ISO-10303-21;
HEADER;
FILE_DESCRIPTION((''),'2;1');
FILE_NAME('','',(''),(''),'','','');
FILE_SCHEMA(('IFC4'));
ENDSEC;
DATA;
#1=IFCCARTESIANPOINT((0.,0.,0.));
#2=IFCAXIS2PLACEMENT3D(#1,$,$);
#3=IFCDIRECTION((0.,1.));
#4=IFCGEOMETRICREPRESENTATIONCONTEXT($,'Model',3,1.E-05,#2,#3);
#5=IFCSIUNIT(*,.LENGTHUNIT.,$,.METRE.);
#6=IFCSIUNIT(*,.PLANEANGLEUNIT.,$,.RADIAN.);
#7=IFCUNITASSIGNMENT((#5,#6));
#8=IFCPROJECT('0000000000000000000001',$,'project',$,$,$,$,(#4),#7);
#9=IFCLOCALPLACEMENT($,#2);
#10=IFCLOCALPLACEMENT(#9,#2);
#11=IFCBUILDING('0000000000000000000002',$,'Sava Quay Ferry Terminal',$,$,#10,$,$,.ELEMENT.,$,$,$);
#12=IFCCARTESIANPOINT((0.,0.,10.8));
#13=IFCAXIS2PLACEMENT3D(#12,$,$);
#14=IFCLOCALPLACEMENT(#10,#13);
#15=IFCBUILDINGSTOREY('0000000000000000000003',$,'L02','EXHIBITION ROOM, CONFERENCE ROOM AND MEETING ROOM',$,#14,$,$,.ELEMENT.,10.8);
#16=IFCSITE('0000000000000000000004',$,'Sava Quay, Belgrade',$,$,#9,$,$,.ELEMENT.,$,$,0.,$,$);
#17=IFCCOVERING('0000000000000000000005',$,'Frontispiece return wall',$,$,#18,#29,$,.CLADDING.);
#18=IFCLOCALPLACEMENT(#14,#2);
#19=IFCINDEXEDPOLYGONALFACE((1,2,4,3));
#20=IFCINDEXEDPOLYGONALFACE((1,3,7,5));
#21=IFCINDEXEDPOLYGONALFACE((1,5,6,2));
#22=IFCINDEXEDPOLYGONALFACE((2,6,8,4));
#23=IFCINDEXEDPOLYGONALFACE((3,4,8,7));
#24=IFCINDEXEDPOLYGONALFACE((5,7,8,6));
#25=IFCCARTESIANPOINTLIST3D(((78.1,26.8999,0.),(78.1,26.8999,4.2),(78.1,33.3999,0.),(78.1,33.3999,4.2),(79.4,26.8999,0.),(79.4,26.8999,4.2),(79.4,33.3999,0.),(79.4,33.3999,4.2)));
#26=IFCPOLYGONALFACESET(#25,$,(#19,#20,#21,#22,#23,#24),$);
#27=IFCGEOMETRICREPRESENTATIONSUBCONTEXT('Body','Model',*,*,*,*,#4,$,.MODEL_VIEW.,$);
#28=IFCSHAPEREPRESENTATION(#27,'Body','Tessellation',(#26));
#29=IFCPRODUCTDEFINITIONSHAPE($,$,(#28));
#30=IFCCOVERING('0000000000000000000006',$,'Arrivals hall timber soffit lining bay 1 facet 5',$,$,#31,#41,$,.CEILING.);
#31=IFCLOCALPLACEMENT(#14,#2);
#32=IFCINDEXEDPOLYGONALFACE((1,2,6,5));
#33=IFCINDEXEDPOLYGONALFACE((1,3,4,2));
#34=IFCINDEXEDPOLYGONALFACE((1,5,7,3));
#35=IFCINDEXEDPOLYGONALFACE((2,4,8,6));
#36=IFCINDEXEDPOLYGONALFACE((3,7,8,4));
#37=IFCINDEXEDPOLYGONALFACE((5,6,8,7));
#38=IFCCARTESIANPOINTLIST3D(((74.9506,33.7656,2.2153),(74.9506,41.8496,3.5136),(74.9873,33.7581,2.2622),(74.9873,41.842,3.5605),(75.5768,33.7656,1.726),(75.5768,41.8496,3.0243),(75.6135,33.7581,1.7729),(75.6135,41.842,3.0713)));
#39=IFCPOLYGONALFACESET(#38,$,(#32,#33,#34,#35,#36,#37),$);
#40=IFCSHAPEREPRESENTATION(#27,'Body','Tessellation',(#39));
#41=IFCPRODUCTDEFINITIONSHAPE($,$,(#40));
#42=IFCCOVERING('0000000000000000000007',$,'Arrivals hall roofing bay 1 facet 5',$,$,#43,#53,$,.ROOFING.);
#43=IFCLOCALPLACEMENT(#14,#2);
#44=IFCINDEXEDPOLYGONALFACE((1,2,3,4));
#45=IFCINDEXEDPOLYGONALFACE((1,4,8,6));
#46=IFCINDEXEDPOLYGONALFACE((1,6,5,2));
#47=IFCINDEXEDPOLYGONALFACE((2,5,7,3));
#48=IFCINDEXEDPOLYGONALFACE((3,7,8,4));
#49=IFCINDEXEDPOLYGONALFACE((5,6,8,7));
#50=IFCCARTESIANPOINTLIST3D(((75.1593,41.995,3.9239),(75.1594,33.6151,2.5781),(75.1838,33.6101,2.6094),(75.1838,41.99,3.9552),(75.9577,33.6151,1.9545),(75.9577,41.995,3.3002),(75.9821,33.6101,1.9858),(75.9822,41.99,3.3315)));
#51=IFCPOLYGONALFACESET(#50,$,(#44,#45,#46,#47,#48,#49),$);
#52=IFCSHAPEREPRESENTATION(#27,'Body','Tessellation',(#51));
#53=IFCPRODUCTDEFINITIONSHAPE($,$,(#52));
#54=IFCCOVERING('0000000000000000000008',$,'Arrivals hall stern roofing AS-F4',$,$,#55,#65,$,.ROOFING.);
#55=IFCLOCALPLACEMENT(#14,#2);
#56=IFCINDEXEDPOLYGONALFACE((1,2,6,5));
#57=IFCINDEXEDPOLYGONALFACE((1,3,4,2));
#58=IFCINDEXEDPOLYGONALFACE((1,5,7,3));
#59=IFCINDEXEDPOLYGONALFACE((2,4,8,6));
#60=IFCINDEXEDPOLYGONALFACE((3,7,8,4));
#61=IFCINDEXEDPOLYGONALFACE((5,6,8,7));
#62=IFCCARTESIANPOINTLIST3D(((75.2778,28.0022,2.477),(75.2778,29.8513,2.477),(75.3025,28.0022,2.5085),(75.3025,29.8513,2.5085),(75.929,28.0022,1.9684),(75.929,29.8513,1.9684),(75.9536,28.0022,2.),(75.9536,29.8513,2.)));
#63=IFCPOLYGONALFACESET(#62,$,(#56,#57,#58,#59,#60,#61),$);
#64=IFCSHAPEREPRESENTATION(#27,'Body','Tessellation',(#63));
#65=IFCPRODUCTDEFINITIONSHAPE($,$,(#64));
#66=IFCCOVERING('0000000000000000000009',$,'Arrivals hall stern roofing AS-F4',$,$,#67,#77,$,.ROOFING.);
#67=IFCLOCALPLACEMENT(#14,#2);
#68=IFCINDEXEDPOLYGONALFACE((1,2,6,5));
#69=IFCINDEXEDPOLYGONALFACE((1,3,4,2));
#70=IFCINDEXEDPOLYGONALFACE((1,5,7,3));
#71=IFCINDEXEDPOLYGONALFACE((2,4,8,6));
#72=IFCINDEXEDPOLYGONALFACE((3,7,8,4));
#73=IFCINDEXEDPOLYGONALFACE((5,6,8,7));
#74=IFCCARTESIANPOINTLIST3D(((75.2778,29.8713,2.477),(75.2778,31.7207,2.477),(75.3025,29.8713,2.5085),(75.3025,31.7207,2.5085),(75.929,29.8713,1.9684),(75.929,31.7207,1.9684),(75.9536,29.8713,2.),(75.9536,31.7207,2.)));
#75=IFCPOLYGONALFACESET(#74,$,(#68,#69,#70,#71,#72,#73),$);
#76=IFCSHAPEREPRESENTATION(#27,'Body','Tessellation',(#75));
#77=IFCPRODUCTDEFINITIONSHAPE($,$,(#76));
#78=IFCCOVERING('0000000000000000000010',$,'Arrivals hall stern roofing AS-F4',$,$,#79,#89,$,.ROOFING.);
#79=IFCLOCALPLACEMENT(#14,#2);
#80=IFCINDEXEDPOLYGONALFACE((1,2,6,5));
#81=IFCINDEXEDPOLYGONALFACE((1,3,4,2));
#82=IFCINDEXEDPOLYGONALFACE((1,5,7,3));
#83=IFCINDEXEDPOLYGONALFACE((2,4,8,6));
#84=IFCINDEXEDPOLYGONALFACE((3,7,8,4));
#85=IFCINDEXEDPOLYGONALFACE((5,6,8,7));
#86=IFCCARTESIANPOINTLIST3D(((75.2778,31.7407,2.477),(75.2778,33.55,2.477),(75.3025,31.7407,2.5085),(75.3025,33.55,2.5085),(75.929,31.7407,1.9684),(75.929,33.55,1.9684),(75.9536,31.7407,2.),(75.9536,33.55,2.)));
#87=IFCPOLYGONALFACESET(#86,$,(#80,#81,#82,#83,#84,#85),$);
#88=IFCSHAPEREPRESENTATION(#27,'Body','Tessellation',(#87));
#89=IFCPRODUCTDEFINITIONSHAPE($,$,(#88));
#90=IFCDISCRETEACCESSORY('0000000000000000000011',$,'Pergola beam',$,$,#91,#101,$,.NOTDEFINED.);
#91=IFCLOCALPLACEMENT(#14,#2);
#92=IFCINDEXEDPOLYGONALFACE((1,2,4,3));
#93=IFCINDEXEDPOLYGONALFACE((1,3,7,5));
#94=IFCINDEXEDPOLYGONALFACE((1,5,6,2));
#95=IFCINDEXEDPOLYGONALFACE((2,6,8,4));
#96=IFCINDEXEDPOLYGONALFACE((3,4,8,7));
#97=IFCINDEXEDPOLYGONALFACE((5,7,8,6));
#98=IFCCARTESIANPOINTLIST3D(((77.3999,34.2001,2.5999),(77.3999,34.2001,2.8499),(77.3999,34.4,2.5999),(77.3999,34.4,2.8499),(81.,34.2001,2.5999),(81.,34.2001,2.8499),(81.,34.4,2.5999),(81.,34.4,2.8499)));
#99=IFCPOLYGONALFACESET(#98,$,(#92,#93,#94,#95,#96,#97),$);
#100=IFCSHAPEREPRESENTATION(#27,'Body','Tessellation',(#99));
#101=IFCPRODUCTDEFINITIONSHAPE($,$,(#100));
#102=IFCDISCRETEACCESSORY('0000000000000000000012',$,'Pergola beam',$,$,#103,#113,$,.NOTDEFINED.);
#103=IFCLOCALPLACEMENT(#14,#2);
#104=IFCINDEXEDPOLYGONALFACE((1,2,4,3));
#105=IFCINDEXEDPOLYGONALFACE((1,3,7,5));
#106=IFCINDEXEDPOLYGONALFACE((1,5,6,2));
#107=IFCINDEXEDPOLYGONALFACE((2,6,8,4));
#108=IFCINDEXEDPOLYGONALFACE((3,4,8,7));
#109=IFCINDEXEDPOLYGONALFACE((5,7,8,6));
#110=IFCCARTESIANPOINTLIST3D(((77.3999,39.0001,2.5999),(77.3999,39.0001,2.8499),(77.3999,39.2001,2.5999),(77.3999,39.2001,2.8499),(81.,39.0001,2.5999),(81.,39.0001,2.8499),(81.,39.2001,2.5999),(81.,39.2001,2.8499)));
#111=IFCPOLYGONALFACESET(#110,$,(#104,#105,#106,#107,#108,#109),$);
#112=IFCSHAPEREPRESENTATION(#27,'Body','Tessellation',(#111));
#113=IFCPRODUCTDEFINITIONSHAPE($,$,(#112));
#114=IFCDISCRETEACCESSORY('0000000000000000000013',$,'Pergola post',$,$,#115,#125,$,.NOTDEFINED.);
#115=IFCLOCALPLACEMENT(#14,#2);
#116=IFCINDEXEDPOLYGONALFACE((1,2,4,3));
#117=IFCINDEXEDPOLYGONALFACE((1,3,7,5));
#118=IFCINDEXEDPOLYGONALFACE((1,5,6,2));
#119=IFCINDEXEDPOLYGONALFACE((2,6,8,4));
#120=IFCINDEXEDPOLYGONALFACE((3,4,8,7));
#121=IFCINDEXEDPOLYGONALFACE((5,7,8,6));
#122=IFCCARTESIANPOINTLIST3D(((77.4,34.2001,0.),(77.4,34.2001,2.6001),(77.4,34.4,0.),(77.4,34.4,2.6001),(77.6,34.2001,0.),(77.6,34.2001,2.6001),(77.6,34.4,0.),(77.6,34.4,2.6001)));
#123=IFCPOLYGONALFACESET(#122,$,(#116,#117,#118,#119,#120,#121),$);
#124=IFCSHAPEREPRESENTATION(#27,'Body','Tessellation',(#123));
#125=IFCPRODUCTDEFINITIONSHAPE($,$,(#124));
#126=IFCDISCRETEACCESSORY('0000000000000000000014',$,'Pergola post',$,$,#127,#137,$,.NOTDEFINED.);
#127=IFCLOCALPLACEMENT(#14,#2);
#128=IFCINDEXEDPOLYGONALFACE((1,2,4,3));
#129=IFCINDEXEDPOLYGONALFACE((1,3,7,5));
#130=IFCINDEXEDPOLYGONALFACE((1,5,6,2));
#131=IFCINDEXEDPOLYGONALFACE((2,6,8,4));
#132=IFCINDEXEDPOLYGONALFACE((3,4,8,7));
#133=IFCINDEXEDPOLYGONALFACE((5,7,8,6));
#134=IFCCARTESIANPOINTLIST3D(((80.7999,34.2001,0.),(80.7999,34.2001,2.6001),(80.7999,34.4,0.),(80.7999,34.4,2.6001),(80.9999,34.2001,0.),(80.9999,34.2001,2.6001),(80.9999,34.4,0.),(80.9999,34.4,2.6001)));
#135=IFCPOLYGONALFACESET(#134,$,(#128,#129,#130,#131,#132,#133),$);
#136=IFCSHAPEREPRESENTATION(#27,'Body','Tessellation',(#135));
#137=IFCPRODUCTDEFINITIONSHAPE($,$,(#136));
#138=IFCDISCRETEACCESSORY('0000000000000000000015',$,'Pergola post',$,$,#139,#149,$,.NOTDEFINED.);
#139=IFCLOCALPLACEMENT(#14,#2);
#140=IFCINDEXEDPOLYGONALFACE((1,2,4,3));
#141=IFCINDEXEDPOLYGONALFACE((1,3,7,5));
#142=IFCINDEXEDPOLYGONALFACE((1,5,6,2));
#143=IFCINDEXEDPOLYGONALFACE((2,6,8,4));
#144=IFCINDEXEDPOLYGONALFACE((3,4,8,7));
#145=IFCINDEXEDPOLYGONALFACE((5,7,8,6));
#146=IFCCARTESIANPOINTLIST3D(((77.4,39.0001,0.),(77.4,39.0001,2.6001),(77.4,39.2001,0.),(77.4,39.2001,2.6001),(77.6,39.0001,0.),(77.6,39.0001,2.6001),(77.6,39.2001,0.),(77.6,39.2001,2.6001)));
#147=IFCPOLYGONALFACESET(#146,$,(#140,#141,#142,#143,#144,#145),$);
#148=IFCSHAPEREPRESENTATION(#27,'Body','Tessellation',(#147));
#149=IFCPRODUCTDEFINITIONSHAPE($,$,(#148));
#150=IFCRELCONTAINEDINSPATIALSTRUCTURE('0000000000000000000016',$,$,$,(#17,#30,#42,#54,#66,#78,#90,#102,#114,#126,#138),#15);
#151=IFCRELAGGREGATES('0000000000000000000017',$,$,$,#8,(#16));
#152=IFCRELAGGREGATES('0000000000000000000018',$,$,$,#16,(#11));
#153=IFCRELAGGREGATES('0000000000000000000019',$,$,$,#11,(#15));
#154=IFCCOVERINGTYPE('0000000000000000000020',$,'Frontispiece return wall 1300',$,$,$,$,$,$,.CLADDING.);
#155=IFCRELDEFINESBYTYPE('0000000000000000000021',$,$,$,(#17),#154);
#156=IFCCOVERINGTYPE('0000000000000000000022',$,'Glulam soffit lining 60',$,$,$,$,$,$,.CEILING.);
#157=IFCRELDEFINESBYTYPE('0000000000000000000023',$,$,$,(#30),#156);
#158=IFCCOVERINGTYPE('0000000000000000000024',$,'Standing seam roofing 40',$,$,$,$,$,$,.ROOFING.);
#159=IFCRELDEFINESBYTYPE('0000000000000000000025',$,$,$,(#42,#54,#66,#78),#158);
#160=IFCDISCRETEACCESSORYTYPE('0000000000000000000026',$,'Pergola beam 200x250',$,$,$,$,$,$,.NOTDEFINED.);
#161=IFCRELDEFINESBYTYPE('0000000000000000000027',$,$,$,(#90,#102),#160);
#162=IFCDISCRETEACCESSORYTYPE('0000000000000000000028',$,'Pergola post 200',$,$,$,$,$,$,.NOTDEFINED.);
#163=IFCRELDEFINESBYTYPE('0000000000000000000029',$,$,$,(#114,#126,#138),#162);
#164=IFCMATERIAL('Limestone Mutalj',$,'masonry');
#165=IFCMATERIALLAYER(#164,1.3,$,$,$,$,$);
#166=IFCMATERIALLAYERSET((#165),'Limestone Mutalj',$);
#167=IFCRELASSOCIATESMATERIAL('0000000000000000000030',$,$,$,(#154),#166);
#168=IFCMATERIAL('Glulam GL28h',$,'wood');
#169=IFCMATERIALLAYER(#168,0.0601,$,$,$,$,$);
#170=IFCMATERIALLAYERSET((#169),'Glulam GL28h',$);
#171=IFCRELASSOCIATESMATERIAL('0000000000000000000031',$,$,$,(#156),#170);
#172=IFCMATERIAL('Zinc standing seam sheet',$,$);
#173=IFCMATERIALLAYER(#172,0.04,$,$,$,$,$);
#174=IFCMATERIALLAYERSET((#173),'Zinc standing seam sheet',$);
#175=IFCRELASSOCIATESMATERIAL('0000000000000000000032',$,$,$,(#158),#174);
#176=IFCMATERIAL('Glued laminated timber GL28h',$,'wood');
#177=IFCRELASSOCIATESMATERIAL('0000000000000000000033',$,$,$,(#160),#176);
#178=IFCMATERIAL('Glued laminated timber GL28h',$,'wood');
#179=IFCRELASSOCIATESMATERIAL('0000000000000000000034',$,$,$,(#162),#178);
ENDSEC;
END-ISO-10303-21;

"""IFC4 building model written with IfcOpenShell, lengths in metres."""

from ifc_helpers import new_model, si_unit, direction, frame, origin, origin_2d, place, context, subcontext, project, spatial, polyline, rectangle, outline, extrude, material, layer, layer_set, type_object, element, save


model = new_model("IFC4")

# Units and contexts
model_context = context("Model", 3, precision=1e-05, world=origin(), true_north=direction((0.0, 1.0)))
body_context = subcontext(model_context, "Body", "Model", "MODEL_VIEW")
ifc_project = project(units=[si_unit("LENGTHUNIT", "METRE"), si_unit("PLANEANGLEUNIT", "RADIAN")], contexts=[model_context])

# Site, building, storey
site_placement = place(None, origin())
site = spatial("IfcSite", under=ifc_project, at=site_placement, Name="Sava Quay, Belgrade", CompositionType="ELEMENT", RefElevation=0.0)
building_placement = place(site_placement, origin())
building = spatial("IfcBuilding", under=site, at=building_placement, Name="Sava Quay Ferry Terminal", CompositionType="ELEMENT")
storey_placement = place(building_placement, frame((0.0, 0.0, 10.8)))
storey = spatial("IfcBuildingStorey", under=building, at=storey_placement, Name="L02", Description="EXHIBITION ROOM, CONFERENCE ROOM AND MEETING ROOM", CompositionType="ELEMENT", Elevation=10.8)

# Coverings
ifc_material_1 = material(Name="Limestone Mutalj", Category="masonry")
ifc_layer_1 = layer(ifc_material_1, 1.3)
ifc_layer_set_1 = layer_set([ifc_layer_1], Name="Limestone Mutalj")
covering_type_1 = type_object("IfcCoveringType", Name="Frontispiece return wall 1300", PredefinedType="CLADDING", material=ifc_layer_set_1)
covering_1_placement = place(storey_placement, frame((78.75, 30.1499, 0.0), z_axis=(0.0, 0.0, 1.0), x_axis=(1.0, 0.0, 0.0)))
element("IfcCovering", 1, at=covering_1_placement, inside=storey, type_object=covering_type_1, Name="Frontispiece return wall", PredefinedType="CLADDING", context=body_context, shape_type="SweptSolid", body=[
    extrude(rectangle(XDim=1.3, YDim=6.5, at=origin_2d()), origin(), (0.0, 0.0, 1.0), 4.2),
])
ifc_material_2 = material(Name="Glulam GL28h", Category="wood")
ifc_layer_2 = layer(ifc_material_2, 0.0601)
ifc_layer_set_2 = layer_set([ifc_layer_2], Name="Glulam GL28h")
covering_type_2 = type_object("IfcCoveringType", Name="Glulam soffit lining 60", PredefinedType="CEILING", material=ifc_layer_set_2)
covering_2_placement = place(storey_placement, frame((74.9873, 33.7581, 2.2622), z_axis=(0.61079, -0.125558, 0.781774), x_axis=(0.0, 0.987347, 0.158574)))
element("IfcCovering", 2, at=covering_2_placement, inside=storey, type_object=covering_type_2, Name="Arrivals hall timber soffit lining bay 1 facet 5", PredefinedType="CEILING", context=body_context, shape_type="SweptSolid", body=[
    extrude(outline(polyline([(0.0, 0.0), (8.1876, 0.0), (8.11, -0.7909), (-0.0776, -0.7909), (0.0, 0.0)])), origin(), (0.0, 0.0, -1.0), 0.0601),
])
ifc_material_3 = material(Name="Zinc standing seam sheet")
ifc_layer_3 = layer(ifc_material_3, 0.04)
ifc_layer_set_3 = layer_set([ifc_layer_3], Name="Zinc standing seam sheet")
covering_type_3 = type_object("IfcCoveringType", Name="Standing seam roofing 40", PredefinedType="ROOFING", material=ifc_layer_set_3)
covering_3_placement = place(storey_placement, frame((75.1838, 33.6101, 2.6094), z_axis=(0.610744, -0.12556, 0.78181), x_axis=(-0.000007, 0.987347, 0.158575)))
element("IfcCovering", 3, at=covering_3_placement, inside=storey, type_object=covering_type_3, Name="Arrivals hall roofing bay 1 facet 5", PredefinedType="ROOFING", context=body_context, shape_type="SweptSolid", body=[
    extrude(outline(polyline([(0.0, 0.0), (8.4873, 0.0), (8.3884, -1.0083), (-0.0989, -1.0081), (0.0, 0.0)])), origin(), (0.0, 0.0, -1.0), 0.04),
])
covering_4_placement = place(storey_placement, frame((75.3025, 29.8513, 2.5085), z_axis=(0.615535, 0.0, 0.788109), x_axis=(0.788109, 0.0, -0.615535)))
element("IfcCovering", 4, at=covering_4_placement, inside=storey, type_object=covering_type_3, Name="Arrivals hall stern roofing AS-F4", PredefinedType="ROOFING", context=body_context, shape_type="SweptSolid", body=[
    extrude(outline(polyline([(0.0, 0.0), (0.8262, 0.0), (0.8262, -1.8491), (0.0, -1.8491), (0.0, 0.0)])), origin(), (0.0, 0.0, -1.0), 0.04),
])
covering_5_placement = place(storey_placement, frame((75.3025, 31.7207, 2.5085), z_axis=(0.615535, 0.0, 0.788109), x_axis=(0.788109, 0.0, -0.615535)))
element("IfcCovering", 5, at=covering_5_placement, inside=storey, type_object=covering_type_3, Name="Arrivals hall stern roofing AS-F4", PredefinedType="ROOFING", context=body_context, shape_type="SweptSolid", body=[
    extrude(outline(polyline([(0.0, 0.0), (0.8262, 0.0), (0.8262, -1.8494), (0.0, -1.8494), (0.0, 0.0)])), origin(), (0.0, 0.0, -1.0), 0.04),
])
covering_6_placement = place(storey_placement, frame((75.3025, 33.55, 2.5085), z_axis=(0.615535, 0.0, 0.788109), x_axis=(0.788109, 0.0, -0.615535)))
element("IfcCovering", 6, at=covering_6_placement, inside=storey, type_object=covering_type_3, Name="Arrivals hall stern roofing AS-F4", PredefinedType="ROOFING", context=body_context, shape_type="SweptSolid", body=[
    extrude(outline(polyline([(0.0, 0.0), (0.8262, 0.0), (0.8262, -1.8093), (0.0, -1.8093), (0.0, 0.0)])), origin(), (0.0, 0.0, -1.0), 0.04),
])

# Discrete accessories
ifc_material_4 = material(Name="Glued laminated timber GL28h", Category="wood")
discrete_accessory_type_1 = type_object("IfcDiscreteAccessoryType", Name="Pergola beam 200x250", PredefinedType="NOTDEFINED", material=ifc_material_4)
for number, where, z_axis, x_axis, name in (
    (7, (79.2, 34.3, 2.5999), (0.0, 0.0, 1.0), (1.0, 0.0, 0.0), "Pergola beam"),
    (8, (79.2, 39.1001, 2.5999), (0.0, 0.0, 1.0), (1.0, 0.0, 0.0), "Pergola beam"),
):
    element("IfcDiscreteAccessory", number, at=place(storey_placement, frame(where, z_axis=z_axis, x_axis=x_axis)), inside=storey, type_object=discrete_accessory_type_1, Name=name, PredefinedType="NOTDEFINED", context=body_context, shape_type="SweptSolid", body=[
        extrude(rectangle(XDim=3.6001, YDim=0.2, at=origin_2d()), origin(), (0.0, 0.0, 1.0), 0.25),
    ])
ifc_material_5 = material(Name="Glued laminated timber GL28h", Category="wood")
discrete_accessory_type_2 = type_object("IfcDiscreteAccessoryType", Name="Pergola post 200", PredefinedType="NOTDEFINED", material=ifc_material_5)
for number, where, z_axis, x_axis, name in (
    (9, (77.5, 34.3, 0.0), (0.0, 0.0, 1.0), (1.0, 0.0, 0.0), "Pergola post"),
    (10, (80.8999, 34.3, 0.0), (0.0, 0.0, 1.0), (1.0, 0.0, 0.0), "Pergola post"),
    (11, (77.5, 39.1001, 0.0), (0.0, 0.0, 1.0), (1.0, 0.0, 0.0), "Pergola post"),
):
    element("IfcDiscreteAccessory", number, at=place(storey_placement, frame(where, z_axis=z_axis, x_axis=x_axis)), inside=storey, type_object=discrete_accessory_type_2, Name=name, PredefinedType="NOTDEFINED", context=body_context, shape_type="SweptSolid", body=[
        extrude(rectangle(XDim=0.2, YDim=0.2, at=origin_2d()), origin(), (0.0, 0.0, 1.0), 2.6001),
    ])

save(model, "model.ifc")
